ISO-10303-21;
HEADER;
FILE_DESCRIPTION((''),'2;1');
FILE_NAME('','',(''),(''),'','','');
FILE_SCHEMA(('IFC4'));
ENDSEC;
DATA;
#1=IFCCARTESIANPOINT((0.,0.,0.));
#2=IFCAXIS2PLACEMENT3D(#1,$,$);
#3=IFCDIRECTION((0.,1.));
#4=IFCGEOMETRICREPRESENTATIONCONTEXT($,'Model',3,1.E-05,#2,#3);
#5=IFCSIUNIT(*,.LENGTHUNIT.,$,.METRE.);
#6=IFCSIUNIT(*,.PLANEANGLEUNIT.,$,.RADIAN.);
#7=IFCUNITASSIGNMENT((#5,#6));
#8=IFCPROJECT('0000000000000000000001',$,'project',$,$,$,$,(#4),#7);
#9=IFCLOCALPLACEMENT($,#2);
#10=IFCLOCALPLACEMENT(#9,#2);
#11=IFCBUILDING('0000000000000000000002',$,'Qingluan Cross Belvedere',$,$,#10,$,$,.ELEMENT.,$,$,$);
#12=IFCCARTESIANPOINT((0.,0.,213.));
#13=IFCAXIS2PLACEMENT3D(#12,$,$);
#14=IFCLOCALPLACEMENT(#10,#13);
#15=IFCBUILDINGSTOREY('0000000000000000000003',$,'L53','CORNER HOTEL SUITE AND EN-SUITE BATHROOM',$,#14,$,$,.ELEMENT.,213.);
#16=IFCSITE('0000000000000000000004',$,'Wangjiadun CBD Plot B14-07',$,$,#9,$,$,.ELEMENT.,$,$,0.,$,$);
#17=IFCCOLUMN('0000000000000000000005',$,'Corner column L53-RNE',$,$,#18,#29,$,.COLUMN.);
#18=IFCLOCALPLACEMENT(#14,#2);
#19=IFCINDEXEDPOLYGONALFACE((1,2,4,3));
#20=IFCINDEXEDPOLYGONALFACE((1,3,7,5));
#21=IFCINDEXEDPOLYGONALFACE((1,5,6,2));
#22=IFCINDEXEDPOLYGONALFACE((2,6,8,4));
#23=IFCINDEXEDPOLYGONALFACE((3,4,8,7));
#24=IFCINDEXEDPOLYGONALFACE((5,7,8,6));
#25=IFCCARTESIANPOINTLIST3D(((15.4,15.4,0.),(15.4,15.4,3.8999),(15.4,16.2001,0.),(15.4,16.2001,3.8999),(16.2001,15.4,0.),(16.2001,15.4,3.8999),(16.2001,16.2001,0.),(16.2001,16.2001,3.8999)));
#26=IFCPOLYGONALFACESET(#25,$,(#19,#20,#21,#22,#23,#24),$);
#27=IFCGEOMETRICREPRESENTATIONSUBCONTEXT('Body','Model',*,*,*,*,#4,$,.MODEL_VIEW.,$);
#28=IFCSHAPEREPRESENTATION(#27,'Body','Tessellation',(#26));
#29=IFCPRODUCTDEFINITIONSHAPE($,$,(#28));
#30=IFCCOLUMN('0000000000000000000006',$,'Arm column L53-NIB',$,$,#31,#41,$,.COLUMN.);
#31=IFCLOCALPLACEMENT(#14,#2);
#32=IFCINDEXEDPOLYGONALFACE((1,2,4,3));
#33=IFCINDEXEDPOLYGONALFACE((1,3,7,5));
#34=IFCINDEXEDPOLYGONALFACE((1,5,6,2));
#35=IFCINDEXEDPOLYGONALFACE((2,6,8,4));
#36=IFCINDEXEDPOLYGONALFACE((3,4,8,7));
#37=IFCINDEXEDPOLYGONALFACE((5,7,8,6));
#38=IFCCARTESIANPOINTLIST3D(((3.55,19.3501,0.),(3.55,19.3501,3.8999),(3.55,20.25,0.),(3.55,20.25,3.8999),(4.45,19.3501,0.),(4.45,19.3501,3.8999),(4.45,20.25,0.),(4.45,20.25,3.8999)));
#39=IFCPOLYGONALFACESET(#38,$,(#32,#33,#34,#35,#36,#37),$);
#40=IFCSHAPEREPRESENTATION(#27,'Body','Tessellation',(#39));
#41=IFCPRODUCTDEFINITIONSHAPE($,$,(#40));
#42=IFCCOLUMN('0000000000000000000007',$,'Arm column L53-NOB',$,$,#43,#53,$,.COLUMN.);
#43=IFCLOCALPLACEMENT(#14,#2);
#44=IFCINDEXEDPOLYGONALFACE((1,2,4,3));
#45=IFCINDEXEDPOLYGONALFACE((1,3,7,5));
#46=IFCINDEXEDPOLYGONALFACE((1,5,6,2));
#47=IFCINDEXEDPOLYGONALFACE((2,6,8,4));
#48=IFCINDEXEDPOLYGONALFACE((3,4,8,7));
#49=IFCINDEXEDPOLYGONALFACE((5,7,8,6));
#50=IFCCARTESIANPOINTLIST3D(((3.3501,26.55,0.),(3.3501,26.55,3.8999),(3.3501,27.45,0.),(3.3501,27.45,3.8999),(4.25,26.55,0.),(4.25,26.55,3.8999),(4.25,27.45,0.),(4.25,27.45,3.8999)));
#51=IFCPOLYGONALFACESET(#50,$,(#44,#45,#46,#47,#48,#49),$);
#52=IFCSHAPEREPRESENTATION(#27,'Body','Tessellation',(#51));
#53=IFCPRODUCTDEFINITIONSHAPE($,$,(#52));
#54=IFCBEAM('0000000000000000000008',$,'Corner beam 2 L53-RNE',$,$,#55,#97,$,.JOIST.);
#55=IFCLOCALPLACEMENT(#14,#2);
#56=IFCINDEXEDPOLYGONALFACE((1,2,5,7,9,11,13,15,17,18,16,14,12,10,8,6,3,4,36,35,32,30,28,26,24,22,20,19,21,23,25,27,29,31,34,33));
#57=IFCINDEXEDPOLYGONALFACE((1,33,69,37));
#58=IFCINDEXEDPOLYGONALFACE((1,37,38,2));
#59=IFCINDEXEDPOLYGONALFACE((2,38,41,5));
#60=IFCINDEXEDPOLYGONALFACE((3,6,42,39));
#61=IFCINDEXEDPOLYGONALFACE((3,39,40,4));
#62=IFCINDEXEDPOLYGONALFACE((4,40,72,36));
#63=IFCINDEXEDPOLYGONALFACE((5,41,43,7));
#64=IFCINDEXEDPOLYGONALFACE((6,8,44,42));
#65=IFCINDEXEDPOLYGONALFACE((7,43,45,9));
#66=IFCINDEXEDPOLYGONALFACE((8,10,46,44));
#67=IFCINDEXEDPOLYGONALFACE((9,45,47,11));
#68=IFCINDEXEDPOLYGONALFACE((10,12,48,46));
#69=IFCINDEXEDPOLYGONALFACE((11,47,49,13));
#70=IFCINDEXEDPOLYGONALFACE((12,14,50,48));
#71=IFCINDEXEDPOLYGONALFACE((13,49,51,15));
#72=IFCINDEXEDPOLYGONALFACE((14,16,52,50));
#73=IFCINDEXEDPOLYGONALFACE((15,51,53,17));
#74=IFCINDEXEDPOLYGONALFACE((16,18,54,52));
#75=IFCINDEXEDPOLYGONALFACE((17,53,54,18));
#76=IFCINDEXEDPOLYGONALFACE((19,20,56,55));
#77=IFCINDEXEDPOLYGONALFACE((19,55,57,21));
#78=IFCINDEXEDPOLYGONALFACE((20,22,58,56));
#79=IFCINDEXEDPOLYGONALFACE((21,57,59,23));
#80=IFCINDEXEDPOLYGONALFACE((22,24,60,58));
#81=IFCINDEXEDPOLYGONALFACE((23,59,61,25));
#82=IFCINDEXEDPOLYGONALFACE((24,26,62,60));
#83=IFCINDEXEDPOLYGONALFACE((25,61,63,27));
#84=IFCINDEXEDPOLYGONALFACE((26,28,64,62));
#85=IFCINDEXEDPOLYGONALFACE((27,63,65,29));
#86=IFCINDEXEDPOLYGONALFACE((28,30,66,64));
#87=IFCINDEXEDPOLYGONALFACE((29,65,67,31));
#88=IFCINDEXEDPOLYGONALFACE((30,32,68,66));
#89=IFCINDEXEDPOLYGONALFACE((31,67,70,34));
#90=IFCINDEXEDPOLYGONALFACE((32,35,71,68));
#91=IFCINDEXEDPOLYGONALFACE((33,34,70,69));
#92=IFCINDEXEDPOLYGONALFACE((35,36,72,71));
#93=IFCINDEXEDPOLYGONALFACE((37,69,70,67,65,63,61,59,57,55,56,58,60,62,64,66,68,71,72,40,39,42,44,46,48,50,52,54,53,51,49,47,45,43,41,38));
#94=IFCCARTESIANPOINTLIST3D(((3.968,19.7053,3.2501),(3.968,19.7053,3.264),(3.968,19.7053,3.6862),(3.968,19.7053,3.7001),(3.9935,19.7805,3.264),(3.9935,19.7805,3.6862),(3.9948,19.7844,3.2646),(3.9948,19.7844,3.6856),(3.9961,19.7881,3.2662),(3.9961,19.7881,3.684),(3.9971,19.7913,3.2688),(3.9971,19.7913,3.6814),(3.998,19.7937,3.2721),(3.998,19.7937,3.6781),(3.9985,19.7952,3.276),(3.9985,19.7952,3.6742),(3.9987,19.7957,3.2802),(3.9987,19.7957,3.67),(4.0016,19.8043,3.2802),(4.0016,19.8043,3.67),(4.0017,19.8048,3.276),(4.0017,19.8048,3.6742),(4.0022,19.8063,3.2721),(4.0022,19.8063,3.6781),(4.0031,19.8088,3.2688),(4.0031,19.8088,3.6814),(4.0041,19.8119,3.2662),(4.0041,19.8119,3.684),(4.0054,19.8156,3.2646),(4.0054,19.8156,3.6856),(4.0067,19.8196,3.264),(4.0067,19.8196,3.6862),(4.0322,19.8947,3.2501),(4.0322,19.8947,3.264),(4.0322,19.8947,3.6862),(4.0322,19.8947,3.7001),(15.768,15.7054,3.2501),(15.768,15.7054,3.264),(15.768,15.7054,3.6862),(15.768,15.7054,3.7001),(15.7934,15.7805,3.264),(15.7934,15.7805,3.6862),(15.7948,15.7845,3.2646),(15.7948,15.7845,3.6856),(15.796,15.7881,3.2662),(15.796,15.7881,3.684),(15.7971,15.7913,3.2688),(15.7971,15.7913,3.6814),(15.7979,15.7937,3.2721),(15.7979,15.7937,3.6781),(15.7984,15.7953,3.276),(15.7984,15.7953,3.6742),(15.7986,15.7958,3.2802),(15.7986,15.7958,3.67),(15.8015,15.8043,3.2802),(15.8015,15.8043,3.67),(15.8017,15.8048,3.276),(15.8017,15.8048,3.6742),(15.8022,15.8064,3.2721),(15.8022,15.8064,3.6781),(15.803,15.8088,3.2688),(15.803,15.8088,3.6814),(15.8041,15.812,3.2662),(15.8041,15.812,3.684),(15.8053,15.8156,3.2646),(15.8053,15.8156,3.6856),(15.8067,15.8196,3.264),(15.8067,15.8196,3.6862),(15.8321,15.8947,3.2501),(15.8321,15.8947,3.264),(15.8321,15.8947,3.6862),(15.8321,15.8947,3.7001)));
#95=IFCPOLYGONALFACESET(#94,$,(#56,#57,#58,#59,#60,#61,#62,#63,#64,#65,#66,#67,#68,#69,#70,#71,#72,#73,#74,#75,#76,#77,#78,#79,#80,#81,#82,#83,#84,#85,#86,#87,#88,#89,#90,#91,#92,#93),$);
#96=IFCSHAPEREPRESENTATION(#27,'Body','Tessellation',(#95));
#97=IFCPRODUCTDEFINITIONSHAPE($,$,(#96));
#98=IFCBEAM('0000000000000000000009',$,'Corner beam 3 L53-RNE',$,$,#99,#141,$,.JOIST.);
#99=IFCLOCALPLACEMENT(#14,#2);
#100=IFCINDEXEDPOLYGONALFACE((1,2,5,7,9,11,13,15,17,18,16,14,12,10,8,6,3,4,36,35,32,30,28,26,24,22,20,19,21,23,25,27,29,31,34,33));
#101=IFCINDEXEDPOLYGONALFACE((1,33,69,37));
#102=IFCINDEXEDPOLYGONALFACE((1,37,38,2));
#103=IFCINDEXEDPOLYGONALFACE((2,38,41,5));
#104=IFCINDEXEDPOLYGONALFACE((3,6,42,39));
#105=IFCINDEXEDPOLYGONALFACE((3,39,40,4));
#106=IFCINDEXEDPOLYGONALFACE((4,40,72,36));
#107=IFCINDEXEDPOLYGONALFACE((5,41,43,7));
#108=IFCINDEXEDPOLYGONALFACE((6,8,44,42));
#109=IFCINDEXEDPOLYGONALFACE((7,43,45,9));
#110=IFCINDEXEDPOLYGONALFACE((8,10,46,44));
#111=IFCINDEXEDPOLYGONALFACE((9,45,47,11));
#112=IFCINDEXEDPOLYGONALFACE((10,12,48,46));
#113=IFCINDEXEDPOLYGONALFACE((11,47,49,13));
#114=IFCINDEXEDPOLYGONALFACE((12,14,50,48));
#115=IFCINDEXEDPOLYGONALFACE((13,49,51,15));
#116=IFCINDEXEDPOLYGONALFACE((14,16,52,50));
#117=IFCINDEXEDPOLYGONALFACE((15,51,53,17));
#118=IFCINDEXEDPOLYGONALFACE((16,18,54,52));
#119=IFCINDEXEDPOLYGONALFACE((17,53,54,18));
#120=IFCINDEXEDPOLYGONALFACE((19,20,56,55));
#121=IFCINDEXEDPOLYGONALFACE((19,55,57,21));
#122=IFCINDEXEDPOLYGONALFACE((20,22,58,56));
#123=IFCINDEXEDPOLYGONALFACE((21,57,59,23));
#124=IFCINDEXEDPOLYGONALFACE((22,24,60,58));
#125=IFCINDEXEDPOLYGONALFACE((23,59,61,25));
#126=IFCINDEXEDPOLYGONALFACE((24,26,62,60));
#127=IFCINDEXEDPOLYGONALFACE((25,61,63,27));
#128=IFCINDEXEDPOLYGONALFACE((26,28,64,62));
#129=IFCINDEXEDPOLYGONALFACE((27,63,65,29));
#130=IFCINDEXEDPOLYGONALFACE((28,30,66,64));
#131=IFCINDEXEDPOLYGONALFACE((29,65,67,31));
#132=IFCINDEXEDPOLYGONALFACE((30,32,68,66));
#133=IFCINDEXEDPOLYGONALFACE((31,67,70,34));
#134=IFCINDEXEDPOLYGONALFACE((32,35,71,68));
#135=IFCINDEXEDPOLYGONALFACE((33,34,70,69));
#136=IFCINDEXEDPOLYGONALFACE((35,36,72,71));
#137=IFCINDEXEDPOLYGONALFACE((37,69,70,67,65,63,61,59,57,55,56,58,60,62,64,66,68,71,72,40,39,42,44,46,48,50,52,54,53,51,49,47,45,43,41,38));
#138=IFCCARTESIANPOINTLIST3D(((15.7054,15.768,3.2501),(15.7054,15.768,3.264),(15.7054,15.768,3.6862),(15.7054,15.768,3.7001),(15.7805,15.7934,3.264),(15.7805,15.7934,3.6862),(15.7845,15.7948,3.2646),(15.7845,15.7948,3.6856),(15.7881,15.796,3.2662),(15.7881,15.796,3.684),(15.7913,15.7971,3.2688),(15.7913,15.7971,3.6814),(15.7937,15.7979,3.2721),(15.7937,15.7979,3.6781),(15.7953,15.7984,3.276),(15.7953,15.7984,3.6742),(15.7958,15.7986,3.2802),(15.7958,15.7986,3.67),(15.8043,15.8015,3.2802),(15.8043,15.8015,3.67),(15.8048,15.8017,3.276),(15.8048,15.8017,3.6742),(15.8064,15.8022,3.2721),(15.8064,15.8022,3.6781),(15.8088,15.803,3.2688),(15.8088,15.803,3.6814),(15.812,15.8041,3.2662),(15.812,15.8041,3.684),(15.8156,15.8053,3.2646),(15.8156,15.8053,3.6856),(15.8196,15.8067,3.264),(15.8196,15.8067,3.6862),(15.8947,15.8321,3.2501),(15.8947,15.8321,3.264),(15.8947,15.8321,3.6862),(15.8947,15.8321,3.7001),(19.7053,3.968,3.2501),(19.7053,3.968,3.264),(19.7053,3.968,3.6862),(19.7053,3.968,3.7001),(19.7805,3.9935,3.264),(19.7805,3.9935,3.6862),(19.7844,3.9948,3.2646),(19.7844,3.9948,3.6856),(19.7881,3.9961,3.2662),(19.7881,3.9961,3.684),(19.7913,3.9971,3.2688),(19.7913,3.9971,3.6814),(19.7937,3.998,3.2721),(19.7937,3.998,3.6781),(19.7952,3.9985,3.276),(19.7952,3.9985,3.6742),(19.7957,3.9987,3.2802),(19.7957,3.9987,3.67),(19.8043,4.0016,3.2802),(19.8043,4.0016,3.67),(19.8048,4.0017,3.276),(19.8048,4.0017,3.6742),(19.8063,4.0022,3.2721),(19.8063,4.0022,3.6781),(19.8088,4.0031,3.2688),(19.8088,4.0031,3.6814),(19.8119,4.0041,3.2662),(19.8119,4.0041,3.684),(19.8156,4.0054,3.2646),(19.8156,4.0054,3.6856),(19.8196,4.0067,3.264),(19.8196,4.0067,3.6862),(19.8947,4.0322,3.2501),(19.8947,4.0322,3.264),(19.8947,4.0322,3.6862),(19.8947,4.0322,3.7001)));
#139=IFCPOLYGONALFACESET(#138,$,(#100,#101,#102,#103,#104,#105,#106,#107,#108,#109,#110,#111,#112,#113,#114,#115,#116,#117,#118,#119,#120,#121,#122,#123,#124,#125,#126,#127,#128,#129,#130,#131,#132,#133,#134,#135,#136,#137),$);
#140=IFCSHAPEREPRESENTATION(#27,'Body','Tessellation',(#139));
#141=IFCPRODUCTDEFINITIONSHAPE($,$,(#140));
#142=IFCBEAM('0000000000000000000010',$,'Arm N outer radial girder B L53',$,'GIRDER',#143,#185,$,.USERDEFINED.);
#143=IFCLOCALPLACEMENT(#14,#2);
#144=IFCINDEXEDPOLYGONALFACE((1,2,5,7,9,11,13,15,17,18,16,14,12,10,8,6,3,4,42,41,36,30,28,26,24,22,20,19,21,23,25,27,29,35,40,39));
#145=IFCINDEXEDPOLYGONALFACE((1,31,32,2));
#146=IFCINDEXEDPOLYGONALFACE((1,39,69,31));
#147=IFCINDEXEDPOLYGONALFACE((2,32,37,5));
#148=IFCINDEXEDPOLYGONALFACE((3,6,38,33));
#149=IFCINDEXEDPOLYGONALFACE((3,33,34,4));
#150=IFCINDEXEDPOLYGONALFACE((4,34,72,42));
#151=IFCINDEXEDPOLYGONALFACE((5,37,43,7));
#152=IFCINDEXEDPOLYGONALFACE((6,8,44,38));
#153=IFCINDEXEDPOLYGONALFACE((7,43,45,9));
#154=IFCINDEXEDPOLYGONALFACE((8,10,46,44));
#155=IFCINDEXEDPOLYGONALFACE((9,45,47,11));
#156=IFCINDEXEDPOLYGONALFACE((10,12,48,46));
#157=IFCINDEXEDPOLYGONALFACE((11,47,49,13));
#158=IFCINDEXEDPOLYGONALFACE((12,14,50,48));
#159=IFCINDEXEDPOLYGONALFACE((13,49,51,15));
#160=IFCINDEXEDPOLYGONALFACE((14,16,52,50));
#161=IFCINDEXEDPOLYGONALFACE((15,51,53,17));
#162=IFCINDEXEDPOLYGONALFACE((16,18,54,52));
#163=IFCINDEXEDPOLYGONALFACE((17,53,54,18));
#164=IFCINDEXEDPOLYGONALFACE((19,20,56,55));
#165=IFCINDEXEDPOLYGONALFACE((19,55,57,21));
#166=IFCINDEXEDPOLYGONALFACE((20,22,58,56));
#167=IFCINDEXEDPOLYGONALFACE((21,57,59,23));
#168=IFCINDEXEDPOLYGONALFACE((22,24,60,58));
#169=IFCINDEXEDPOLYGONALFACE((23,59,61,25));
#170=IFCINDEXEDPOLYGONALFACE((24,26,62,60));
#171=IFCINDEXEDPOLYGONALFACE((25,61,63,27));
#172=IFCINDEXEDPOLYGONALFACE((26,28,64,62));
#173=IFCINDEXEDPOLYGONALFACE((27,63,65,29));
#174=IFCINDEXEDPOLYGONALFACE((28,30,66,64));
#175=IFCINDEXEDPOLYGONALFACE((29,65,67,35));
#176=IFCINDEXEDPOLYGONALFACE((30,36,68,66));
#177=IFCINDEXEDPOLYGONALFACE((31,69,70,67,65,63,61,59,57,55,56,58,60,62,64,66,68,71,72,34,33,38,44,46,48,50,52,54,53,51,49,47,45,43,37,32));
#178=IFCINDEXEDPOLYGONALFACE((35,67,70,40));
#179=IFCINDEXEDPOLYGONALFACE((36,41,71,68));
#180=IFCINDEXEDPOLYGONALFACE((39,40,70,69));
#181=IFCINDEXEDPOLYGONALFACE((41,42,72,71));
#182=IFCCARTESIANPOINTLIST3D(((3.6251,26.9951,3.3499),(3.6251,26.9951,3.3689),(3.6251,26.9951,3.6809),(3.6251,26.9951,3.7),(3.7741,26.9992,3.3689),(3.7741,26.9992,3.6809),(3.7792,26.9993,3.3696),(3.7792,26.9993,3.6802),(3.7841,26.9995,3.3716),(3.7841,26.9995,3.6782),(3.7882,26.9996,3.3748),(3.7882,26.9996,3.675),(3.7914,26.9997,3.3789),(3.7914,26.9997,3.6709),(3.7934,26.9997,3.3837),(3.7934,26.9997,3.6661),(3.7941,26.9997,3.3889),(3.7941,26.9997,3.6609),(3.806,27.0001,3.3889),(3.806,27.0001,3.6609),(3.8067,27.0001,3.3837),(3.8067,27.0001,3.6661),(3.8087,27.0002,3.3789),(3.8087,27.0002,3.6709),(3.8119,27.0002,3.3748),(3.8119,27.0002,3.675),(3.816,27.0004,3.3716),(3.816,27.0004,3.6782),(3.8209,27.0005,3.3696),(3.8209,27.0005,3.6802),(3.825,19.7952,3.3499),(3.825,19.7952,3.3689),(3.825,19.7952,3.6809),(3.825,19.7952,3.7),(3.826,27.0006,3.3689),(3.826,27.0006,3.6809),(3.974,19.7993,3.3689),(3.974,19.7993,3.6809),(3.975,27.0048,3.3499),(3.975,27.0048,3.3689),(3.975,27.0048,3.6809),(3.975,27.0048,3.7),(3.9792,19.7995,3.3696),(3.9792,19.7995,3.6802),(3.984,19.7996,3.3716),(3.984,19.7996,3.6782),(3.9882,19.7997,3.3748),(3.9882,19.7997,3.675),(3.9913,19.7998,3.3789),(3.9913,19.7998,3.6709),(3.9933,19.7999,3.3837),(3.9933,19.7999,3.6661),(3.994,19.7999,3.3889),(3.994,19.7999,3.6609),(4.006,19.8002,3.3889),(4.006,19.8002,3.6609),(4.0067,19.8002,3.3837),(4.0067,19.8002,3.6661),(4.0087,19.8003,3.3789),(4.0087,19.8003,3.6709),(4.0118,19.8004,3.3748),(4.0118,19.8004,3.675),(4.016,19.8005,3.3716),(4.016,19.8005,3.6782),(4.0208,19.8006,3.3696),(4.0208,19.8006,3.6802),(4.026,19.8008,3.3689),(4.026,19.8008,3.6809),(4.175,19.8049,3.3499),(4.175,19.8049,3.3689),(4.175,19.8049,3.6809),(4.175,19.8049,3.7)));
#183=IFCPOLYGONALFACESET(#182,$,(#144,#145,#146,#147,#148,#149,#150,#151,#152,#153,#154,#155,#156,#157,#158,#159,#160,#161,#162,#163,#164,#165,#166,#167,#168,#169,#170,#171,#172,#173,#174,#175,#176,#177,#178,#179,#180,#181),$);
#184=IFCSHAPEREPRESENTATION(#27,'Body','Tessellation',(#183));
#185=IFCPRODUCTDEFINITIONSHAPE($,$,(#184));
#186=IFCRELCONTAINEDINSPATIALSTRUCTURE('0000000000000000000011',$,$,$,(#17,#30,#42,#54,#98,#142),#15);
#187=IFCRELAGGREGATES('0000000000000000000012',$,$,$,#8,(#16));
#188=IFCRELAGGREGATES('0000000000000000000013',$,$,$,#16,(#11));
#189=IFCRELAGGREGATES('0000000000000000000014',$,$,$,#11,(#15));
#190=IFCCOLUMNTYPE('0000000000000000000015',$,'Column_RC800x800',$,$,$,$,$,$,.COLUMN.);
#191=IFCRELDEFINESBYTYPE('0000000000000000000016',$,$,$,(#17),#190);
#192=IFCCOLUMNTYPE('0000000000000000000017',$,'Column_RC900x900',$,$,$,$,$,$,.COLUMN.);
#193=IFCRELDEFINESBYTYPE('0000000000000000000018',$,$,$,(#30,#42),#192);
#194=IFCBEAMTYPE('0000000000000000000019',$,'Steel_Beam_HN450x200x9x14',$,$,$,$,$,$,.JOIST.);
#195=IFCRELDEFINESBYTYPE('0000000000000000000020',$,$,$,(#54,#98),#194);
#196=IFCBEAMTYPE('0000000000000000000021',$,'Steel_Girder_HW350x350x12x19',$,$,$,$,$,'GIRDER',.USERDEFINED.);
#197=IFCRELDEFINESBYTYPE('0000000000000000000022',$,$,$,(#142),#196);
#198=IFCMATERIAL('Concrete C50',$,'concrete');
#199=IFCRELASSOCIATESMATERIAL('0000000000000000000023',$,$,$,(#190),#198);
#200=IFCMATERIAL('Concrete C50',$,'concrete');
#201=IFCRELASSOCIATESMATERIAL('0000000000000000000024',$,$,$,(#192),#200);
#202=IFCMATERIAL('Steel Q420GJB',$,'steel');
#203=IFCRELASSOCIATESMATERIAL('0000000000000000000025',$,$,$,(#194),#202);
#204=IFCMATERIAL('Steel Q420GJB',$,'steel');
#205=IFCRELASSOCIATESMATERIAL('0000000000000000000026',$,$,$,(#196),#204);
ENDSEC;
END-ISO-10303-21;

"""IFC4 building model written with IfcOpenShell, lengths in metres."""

from ifc_helpers import new_model, si_unit, direction, frame, origin, origin_2d, place, context, subcontext, project, spatial, rectangle, i_section, extrude, material, material_profile, profile_set, type_object, element, save


model = new_model("IFC4")

# Units and contexts
model_context = context("Model", 3, precision=1e-05, world=origin(), true_north=direction((0.0, 1.0)))
body_context = subcontext(model_context, "Body", "Model", "MODEL_VIEW")
ifc_project = project(units=[si_unit("LENGTHUNIT", "METRE"), si_unit("PLANEANGLEUNIT", "RADIAN")], contexts=[model_context])

# Site, building, storey
site_placement = place(None, origin())
site = spatial("IfcSite", under=ifc_project, at=site_placement, Name="Wangjiadun CBD Plot B14-07", CompositionType="ELEMENT", RefElevation=0.0)
building_placement = place(site_placement, origin())
building = spatial("IfcBuilding", under=site, at=building_placement, Name="Qingluan Cross Belvedere", CompositionType="ELEMENT")
storey_placement = place(building_placement, frame((0.0, 0.0, 213.0)))
storey = spatial("IfcBuildingStorey", under=building, at=storey_placement, Name="L53", Description="CORNER HOTEL SUITE AND EN-SUITE BATHROOM", CompositionType="ELEMENT", Elevation=213.0)

# Columns
ifc_material_1 = material(Name="Concrete C50", Category="concrete")
ifc_material_profile_1 = material_profile(ifc_material_1, rectangle(XDim=0.8, YDim=0.8, at=origin_2d()), Name="RC800x800")
ifc_profile_set_1 = profile_set([ifc_material_profile_1], Name="Concrete C50")
column_type_1 = type_object("IfcColumnType", Name="Column_RC800x800", PredefinedType="COLUMN", material=ifc_profile_set_1)
column_placement = place(storey_placement, frame((15.8, 15.8, 0.0), z_axis=(0.0, 0.0, 1.0), x_axis=(1.0, 0.0, 0.0)))
element("IfcColumn", 1, at=column_placement, inside=storey, type_object=column_type_1, Name="Corner column L53-RNE", PredefinedType="COLUMN", context=body_context, shape_type="SweptSolid", body=[
    extrude(rectangle(XDim=0.8, YDim=0.8, at=origin_2d()), origin(), (0.0, 0.0, 1.0), 3.8999),
])
ifc_material_2 = material(Name="Concrete C50", Category="concrete")
ifc_material_profile_2 = material_profile(ifc_material_2, rectangle(XDim=0.8999, YDim=0.8999, at=origin_2d()), Name="RC900x900")
ifc_profile_set_2 = profile_set([ifc_material_profile_2], Name="Concrete C50")
column_type_2 = type_object("IfcColumnType", Name="Column_RC900x900", PredefinedType="COLUMN", material=ifc_profile_set_2)
for number, where, z_axis, x_axis, name in (
    (2, (4.0, 19.8, 0.0), (0.0, 0.0, 1.0), (1.0, 0.0, 0.0), "Arm column L53-NIB"),
    (3, (3.8, 27.0, 0.0), (0.0, 0.0, 1.0), (1.0, 0.0, 0.0), "Arm column L53-NOB"),
):
    element("IfcColumn", number, at=place(storey_placement, frame(where, z_axis=z_axis, x_axis=x_axis)), inside=storey, type_object=column_type_2, Name=name, PredefinedType="COLUMN", context=body_context, shape_type="SweptSolid", body=[
        extrude(rectangle(XDim=0.8999, YDim=0.8999, at=origin_2d()), origin(), (0.0, 0.0, 1.0), 3.8999),
    ])

# Beams
ifc_material_3 = material(Name="Steel Q420GJB", Category="steel")
ifc_material_profile_3 = material_profile(ifc_material_3, i_section(OverallWidth=0.2, OverallDepth=0.45, WebThickness=0.009, FlangeThickness=0.0139, FilletRadius=0.0161, at=origin_2d()), Name="HN450x200x9x14")
ifc_profile_set_3 = profile_set([ifc_material_profile_3], Name="Steel Q420GJB")
beam_type_1 = type_object("IfcBeamType", Name="Steel_Beam_HN450x200x9x14", PredefinedType="JOIST", material=ifc_profile_set_3)
for number, where, z_axis, x_axis, name in (
    (4, (15.8, 15.8, 3.4751), (-0.947066, 0.321038, 0.0), (-0.321038, -0.947066, 0.0), "Corner beam 2 L53-RNE"),
    (5, (15.8, 15.8, 3.4751), (0.321038, -0.947066, 0.0), (0.947066, 0.321038, 0.0), "Corner beam 3 L53-RNE"),
):
    element("IfcBeam", number, at=place(storey_placement, frame(where, z_axis=z_axis, x_axis=x_axis)), inside=storey, type_object=beam_type_1, Name=name, PredefinedType="JOIST", context=body_context, shape_type="SweptSolid", body=[
        extrude(i_section(OverallWidth=0.2, OverallDepth=0.45, WebThickness=0.009, FlangeThickness=0.0139, FilletRadius=0.0161, at=origin_2d()), origin(), (0.0, 0.0, 1.0), 12.4595),
    ])
ifc_material_4 = material(Name="Steel Q420GJB", Category="steel")
ifc_material_profile_4 = material_profile(ifc_material_4, i_section(OverallWidth=0.3501, OverallDepth=0.3501, WebThickness=0.012, FlangeThickness=0.019, FilletRadius=0.02, at=origin_2d()), Name="HW350x350x12x19")
ifc_profile_set_4 = profile_set([ifc_material_profile_4], Name="Steel Q420GJB")
beam_type_2 = type_object("IfcBeamType", Name="Steel_Girder_HW350x350x12x19", ElementType="GIRDER", PredefinedType="USERDEFINED", material=ifc_profile_set_4)
beam_placement = place(storey_placement, frame((4.0, 19.8, 3.5249), z_axis=(-0.02776, 0.999615, 0.0), x_axis=(-0.999615, -0.02776, 0.0)))
element("IfcBeam", 6, at=beam_placement, inside=storey, type_object=beam_type_2, Name="Arm N outer radial girder B L53", ObjectType="GIRDER", PredefinedType="USERDEFINED", context=body_context, shape_type="SweptSolid", body=[
    extrude(i_section(OverallWidth=0.3501, OverallDepth=0.3501, WebThickness=0.012, FlangeThickness=0.019, FilletRadius=0.02, at=origin_2d()), origin(), (0.0, 0.0, 1.0), 7.2026),
])

save(model, "model.ifc")
